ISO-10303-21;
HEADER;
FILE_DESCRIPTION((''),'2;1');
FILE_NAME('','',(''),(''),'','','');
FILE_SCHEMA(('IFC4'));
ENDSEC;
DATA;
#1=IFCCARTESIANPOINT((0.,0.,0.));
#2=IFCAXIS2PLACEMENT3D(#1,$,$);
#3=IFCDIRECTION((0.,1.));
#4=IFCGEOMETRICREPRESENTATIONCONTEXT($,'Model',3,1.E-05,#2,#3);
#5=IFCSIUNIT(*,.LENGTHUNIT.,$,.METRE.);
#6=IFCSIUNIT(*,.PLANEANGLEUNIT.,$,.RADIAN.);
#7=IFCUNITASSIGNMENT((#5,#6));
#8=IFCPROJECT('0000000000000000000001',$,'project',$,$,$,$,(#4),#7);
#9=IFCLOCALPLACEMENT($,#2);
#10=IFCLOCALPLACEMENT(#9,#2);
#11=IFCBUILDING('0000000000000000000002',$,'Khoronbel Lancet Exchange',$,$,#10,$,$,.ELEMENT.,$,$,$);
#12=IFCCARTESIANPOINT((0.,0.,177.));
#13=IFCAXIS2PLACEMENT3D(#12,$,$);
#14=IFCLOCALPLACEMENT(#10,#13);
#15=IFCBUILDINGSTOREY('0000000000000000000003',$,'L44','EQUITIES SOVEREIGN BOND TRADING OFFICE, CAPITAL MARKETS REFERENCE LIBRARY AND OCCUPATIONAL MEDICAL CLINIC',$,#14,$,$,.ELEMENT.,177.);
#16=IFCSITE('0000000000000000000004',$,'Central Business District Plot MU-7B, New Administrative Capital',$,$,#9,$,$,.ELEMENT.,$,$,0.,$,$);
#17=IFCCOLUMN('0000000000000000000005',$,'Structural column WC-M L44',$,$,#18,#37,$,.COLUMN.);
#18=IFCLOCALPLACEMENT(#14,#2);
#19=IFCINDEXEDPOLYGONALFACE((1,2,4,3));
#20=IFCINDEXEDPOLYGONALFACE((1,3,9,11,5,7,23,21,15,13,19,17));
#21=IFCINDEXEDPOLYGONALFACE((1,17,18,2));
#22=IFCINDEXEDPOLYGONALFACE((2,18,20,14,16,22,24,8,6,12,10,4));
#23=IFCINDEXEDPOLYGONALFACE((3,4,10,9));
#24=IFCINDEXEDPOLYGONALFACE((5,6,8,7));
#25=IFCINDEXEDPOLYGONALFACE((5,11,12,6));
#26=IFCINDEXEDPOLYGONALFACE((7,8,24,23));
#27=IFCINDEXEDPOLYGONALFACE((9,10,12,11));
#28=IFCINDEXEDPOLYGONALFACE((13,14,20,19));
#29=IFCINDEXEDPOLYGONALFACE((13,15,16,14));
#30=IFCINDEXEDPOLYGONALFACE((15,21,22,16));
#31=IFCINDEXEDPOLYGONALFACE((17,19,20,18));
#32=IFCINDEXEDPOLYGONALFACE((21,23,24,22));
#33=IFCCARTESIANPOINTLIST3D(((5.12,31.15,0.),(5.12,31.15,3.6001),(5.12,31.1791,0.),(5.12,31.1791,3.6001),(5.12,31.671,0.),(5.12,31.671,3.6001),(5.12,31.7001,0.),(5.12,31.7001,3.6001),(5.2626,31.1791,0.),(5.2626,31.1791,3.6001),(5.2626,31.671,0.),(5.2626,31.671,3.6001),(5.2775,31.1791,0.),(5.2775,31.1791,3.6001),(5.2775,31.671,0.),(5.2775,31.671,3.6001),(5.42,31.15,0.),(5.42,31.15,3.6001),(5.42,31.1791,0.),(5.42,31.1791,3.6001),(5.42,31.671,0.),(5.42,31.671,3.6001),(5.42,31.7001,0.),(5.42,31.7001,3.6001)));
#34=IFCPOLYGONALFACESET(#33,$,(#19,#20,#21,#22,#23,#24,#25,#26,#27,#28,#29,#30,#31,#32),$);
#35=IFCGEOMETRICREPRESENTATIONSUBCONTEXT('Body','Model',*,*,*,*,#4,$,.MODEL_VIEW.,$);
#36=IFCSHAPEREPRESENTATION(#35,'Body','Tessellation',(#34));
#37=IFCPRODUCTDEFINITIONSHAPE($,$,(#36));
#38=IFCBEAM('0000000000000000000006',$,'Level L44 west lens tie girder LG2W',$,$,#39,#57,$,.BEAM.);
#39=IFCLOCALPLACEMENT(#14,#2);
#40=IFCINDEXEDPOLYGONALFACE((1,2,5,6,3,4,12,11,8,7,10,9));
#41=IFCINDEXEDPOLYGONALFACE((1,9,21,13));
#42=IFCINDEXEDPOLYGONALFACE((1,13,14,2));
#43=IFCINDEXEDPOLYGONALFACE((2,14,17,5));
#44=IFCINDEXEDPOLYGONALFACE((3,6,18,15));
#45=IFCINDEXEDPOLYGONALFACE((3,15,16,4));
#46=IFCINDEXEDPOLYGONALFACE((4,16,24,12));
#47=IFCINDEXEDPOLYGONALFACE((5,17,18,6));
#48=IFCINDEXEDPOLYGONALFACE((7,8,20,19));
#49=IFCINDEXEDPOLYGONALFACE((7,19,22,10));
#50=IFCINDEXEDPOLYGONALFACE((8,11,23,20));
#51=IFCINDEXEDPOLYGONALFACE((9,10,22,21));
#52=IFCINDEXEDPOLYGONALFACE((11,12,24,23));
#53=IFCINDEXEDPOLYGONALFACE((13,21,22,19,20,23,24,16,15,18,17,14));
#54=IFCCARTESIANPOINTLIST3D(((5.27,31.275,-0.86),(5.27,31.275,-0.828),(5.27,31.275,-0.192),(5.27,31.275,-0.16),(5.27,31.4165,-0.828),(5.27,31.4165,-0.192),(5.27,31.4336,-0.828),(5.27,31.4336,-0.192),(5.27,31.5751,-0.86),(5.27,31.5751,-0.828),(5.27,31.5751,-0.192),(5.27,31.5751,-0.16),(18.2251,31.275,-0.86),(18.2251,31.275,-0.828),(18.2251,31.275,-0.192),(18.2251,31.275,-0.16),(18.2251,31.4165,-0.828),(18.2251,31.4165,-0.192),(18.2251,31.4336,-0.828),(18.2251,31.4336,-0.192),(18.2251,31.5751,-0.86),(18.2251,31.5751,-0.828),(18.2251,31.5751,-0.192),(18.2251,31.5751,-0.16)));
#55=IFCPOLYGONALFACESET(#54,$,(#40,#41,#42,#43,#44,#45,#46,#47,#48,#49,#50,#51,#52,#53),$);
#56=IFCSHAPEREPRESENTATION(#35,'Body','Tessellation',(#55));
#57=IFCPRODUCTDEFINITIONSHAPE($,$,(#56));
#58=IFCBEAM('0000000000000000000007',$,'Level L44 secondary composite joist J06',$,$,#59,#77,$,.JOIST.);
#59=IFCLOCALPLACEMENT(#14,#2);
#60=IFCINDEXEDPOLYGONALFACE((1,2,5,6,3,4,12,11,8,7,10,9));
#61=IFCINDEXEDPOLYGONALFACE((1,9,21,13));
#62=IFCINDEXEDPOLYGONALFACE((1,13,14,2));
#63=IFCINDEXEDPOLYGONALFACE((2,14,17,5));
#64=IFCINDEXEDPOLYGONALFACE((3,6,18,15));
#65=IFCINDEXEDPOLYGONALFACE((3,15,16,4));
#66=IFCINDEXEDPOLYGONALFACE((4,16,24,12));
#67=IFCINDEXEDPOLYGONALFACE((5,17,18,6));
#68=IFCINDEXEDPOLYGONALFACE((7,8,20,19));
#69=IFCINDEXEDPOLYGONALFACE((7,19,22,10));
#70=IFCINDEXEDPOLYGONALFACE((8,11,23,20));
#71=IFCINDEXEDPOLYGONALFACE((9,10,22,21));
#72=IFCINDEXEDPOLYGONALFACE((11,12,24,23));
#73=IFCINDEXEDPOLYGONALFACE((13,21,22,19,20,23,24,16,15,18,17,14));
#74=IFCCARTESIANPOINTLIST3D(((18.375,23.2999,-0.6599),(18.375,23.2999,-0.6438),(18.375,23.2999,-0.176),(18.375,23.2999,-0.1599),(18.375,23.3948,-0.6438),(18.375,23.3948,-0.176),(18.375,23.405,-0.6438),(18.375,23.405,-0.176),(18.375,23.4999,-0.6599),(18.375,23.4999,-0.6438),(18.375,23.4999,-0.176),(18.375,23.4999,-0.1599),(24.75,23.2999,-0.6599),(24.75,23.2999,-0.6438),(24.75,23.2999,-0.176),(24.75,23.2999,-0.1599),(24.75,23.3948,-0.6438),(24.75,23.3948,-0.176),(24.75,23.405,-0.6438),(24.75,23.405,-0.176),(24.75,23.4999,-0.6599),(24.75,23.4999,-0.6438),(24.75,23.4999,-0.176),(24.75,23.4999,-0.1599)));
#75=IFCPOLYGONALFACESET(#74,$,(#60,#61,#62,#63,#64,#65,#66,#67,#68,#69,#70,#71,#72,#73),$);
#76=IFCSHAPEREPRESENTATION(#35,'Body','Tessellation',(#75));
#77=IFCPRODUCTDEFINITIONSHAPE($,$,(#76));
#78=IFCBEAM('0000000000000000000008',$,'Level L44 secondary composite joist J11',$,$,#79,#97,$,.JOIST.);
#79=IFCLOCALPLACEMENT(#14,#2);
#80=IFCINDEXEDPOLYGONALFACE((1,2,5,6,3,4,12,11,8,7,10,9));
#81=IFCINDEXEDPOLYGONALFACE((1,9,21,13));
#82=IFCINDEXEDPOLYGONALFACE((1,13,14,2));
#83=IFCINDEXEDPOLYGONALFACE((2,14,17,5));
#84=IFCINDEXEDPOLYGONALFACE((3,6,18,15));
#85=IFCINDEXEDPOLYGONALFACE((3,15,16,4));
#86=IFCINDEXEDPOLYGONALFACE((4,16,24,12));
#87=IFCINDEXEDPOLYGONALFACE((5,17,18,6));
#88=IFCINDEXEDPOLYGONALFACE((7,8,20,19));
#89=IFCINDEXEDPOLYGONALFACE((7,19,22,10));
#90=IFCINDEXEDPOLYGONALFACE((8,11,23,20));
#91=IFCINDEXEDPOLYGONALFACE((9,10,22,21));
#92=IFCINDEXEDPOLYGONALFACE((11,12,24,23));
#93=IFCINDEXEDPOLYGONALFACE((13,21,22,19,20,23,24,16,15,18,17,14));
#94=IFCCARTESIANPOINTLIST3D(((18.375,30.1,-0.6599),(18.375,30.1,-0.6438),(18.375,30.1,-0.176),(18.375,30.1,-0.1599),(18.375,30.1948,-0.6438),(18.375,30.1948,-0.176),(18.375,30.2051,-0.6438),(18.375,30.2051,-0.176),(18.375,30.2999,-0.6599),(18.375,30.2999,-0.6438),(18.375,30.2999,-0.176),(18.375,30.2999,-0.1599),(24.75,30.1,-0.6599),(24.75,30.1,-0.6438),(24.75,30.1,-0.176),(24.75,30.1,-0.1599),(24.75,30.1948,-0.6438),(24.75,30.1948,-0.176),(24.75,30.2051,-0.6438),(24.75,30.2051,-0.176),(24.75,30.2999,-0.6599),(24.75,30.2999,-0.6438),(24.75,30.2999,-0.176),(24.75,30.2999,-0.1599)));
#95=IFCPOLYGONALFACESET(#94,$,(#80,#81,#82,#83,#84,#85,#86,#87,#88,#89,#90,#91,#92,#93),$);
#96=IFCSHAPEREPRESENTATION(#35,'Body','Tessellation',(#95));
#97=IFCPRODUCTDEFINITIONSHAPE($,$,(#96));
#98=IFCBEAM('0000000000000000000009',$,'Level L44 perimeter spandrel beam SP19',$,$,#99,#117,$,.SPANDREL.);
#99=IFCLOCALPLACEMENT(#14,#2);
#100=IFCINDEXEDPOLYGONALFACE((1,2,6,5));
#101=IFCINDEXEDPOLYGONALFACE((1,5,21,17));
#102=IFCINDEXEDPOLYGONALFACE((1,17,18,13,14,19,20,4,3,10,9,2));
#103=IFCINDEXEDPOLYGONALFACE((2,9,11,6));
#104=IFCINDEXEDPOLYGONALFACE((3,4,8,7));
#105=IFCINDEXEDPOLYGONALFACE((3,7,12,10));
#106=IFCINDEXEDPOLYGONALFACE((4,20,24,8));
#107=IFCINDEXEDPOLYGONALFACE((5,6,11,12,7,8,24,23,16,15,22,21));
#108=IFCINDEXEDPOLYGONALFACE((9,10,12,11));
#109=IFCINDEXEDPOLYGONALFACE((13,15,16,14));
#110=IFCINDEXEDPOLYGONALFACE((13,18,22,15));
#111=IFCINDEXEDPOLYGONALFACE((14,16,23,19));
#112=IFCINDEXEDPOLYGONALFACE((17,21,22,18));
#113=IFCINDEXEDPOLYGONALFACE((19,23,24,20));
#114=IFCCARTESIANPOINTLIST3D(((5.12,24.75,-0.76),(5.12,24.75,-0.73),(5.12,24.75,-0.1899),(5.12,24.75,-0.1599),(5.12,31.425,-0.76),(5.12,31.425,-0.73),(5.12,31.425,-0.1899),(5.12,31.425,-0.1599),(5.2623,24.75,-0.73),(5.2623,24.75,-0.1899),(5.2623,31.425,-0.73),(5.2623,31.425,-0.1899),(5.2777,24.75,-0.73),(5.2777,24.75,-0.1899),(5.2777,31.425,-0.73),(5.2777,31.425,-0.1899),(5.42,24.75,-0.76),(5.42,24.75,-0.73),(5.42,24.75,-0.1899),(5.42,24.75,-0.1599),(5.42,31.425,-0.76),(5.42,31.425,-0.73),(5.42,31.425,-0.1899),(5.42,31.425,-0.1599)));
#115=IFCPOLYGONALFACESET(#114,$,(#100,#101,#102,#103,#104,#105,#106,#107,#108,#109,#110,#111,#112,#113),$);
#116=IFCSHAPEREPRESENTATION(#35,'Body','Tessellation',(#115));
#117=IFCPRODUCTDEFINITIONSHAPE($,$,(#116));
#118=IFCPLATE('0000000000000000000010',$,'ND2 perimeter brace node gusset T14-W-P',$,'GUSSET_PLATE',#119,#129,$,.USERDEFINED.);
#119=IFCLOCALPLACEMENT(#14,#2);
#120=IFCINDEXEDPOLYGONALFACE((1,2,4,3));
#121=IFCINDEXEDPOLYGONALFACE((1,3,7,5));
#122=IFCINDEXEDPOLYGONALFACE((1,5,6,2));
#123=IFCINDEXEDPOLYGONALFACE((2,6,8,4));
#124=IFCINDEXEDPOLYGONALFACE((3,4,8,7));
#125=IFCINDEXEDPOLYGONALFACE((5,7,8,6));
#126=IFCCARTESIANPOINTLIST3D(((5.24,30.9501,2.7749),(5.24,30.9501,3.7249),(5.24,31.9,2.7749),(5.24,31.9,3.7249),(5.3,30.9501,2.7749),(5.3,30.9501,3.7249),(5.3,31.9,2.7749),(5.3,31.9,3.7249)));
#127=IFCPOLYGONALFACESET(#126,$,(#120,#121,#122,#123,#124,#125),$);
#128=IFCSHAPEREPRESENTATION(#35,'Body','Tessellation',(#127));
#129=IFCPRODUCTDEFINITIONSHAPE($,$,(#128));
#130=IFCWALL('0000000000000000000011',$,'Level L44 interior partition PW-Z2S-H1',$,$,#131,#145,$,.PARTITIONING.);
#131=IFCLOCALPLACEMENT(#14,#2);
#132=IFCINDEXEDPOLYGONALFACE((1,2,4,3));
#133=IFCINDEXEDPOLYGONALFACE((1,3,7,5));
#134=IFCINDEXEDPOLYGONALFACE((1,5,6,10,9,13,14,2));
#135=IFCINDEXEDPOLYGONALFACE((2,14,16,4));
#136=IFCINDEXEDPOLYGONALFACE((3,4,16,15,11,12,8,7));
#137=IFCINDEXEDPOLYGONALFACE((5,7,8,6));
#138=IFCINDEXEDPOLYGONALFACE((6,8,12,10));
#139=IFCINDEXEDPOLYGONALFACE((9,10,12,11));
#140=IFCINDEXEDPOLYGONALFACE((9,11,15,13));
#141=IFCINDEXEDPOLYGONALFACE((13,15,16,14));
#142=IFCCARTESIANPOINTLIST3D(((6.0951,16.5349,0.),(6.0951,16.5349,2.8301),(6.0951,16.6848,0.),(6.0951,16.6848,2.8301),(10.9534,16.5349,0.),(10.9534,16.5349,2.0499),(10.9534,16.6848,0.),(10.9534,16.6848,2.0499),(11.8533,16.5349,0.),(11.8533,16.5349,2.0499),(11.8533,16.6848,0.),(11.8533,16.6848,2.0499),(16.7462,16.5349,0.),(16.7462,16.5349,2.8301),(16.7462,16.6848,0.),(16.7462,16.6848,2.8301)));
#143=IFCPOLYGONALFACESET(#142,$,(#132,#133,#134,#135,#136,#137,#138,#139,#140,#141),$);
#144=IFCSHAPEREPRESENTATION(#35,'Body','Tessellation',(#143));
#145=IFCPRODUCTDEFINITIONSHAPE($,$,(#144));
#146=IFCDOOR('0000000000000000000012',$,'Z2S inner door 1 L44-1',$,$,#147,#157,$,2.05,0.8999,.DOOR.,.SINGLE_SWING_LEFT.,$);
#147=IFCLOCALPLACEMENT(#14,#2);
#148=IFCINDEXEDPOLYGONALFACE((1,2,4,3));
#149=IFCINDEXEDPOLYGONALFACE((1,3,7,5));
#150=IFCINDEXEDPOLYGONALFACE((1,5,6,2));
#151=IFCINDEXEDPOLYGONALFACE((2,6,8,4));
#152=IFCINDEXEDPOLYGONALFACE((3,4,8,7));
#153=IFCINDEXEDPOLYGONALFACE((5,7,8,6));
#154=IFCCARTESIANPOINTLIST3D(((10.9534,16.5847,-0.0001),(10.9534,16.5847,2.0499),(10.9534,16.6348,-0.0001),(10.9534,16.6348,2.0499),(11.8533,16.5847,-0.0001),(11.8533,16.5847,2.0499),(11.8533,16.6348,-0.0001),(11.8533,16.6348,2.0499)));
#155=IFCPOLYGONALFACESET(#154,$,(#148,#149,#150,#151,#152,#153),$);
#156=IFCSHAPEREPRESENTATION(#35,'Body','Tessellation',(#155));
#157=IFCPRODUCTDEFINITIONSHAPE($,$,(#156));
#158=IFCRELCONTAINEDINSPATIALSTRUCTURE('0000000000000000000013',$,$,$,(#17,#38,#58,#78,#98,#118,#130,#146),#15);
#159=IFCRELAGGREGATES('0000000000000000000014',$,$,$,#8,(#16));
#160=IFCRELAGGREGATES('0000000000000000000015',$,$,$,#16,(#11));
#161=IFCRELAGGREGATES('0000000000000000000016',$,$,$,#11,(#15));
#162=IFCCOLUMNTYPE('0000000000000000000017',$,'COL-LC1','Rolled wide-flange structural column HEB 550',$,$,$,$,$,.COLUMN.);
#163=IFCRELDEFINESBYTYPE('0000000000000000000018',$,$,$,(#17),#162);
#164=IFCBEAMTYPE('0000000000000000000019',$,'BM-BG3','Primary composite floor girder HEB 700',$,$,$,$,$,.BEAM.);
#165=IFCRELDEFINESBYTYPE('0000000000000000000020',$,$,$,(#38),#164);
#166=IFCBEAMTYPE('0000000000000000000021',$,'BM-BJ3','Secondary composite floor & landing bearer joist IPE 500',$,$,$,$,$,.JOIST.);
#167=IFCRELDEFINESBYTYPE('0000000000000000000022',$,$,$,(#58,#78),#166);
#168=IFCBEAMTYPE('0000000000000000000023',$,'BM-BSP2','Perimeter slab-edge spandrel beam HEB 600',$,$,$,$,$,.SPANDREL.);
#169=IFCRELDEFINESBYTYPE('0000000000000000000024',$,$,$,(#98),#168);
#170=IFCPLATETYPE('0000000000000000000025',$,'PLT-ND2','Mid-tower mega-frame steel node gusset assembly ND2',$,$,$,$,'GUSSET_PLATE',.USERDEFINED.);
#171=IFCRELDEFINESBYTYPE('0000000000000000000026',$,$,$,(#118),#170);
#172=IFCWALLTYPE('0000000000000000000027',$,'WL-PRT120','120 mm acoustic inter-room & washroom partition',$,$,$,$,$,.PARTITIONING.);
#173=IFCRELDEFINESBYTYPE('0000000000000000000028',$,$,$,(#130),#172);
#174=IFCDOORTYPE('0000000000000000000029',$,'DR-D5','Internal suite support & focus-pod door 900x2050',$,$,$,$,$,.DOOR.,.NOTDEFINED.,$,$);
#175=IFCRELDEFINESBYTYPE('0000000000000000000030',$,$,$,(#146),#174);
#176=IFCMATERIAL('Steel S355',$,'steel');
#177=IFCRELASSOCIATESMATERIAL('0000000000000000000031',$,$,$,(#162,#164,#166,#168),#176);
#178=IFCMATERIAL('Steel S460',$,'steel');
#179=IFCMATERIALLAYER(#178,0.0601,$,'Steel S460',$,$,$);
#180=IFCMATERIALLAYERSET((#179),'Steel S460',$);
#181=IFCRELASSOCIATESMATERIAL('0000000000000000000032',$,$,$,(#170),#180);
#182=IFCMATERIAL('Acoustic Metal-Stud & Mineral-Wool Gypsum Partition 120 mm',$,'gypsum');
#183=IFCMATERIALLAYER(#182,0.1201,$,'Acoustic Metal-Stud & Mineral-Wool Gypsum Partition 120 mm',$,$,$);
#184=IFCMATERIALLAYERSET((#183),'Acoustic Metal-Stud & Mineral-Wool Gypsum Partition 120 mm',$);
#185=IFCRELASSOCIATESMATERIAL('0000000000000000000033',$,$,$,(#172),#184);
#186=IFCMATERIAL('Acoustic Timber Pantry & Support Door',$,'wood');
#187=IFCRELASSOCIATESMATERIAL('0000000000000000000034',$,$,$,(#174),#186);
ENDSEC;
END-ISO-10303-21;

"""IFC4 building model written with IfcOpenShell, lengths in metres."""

from ifc_helpers import new_model, si_unit, direction, frame, frame_2d, origin, origin_2d, place, context, subcontext, project, spatial, rectangle, i_section, extrude, material, layer, layer_set, material_profile, profile_set, type_object, element, fill, save


model = new_model("IFC4")

# Units and contexts
model_context = context("Model", 3, precision=1e-05, world=origin(), true_north=direction((0.0, 1.0)))
body_context = subcontext(model_context, "Body", "Model", "MODEL_VIEW")
ifc_project = project(units=[si_unit("LENGTHUNIT", "METRE"), si_unit("PLANEANGLEUNIT", "RADIAN")], contexts=[model_context])

# Site, building, storey
site_placement = place(None, origin())
site = spatial("IfcSite", under=ifc_project, at=site_placement, Name="Central Business District Plot MU-7B, New Administrative Capital", CompositionType="ELEMENT", RefElevation=0.0)
building_placement = place(site_placement, origin())
building = spatial("IfcBuilding", under=site, at=building_placement, Name="Khoronbel Lancet Exchange", CompositionType="ELEMENT")
storey_placement = place(building_placement, frame((0.0, 0.0, 177.0)))
storey = spatial("IfcBuildingStorey", under=building, at=storey_placement, Name="L44", Description="EQUITIES SOVEREIGN BOND TRADING OFFICE, CAPITAL MARKETS REFERENCE LIBRARY AND OCCUPATIONAL MEDICAL CLINIC", CompositionType="ELEMENT", Elevation=177.0)

# Column
ifc_material_1 = material(Name="Steel S355", Category="steel")
ifc_material_profile_1 = material_profile(ifc_material_1, i_section(OverallWidth=0.3, OverallDepth=0.55, WebThickness=0.0149, FlangeThickness=0.0291, at=origin_2d()), Name="HEB 550")
ifc_profile_set_1 = profile_set([ifc_material_profile_1], Name="Steel S355")
column_type = type_object("IfcColumnType", Name="COL-LC1", Description="Rolled wide-flange structural column HEB 550", PredefinedType="COLUMN", material=ifc_profile_set_1)
column_placement = place(storey_placement, frame((5.27, 31.425, 0.0), z_axis=(0.0, 0.0, 1.0), x_axis=(1.0, 0.0, 0.0)))
element("IfcColumn", 1, at=column_placement, inside=storey, type_object=column_type, Name="Structural column WC-M L44", PredefinedType="COLUMN", context=body_context, shape_type="SweptSolid", body=[
    extrude(i_section(OverallWidth=0.3, OverallDepth=0.55, WebThickness=0.0149, FlangeThickness=0.0291, at=origin_2d()), origin(), (0.0, 0.0, 1.0), 3.6001),
])

# Beams
ifc_material_profile_2 = material_profile(ifc_material_1, i_section(OverallWidth=0.3, OverallDepth=0.7, WebThickness=0.0171, FlangeThickness=0.032, at=origin_2d()), Name="HEB 700")
ifc_profile_set_2 = profile_set([ifc_material_profile_2], Name="Steel S355")
beam_type_1 = type_object("IfcBeamType", Name="BM-BG3", Description="Primary composite floor girder HEB 700", PredefinedType="BEAM", material=ifc_profile_set_2)
beam_1_placement = place(storey_placement, frame((5.27, 31.425, -0.51), z_axis=(1.0, 0.0, 0.0), x_axis=(0.0, 1.0, 0.0)))
element("IfcBeam", 2, at=beam_1_placement, inside=storey, type_object=beam_type_1, Name="Level L44 west lens tie girder LG2W", PredefinedType="BEAM", context=body_context, shape_type="SweptSolid", body=[
    extrude(i_section(OverallWidth=0.3, OverallDepth=0.7, WebThickness=0.0171, FlangeThickness=0.032, at=origin_2d()), origin(), (0.0, 0.0, 1.0), 12.9551),
])
ifc_material_profile_3 = material_profile(ifc_material_1, i_section(OverallWidth=0.2, OverallDepth=0.5, WebThickness=0.0103, FlangeThickness=0.0161, at=origin_2d()), Name="IPE 500")
ifc_profile_set_3 = profile_set([ifc_material_profile_3], Name="Steel S355")
beam_type_2 = type_object("IfcBeamType", Name="BM-BJ3", Description="Secondary composite floor & landing bearer joist IPE 500", PredefinedType="JOIST", material=ifc_profile_set_3)
for number, where, z_axis, x_axis, name in (
    (3, (18.375, 23.3999, -0.4099), (1.0, 0.0, 0.0), (0.0, 1.0, 0.0), "Level L44 secondary composite joist J06"),
    (4, (18.375, 30.2, -0.4099), (1.0, 0.0, 0.0), (0.0, 1.0, 0.0), "Level L44 secondary composite joist J11"),
):
    element("IfcBeam", number, at=place(storey_placement, frame(where, z_axis=z_axis, x_axis=x_axis)), inside=storey, type_object=beam_type_2, Name=name, PredefinedType="JOIST", context=body_context, shape_type="SweptSolid", body=[
        extrude(i_section(OverallWidth=0.2, OverallDepth=0.5, WebThickness=0.0103, FlangeThickness=0.0161, at=origin_2d()), origin(), (0.0, 0.0, 1.0), 6.375),
    ])
ifc_material_profile_4 = material_profile(ifc_material_1, i_section(OverallWidth=0.3, OverallDepth=0.6001, WebThickness=0.0154, FlangeThickness=0.03, at=origin_2d()), Name="HEB 600")
ifc_profile_set_4 = profile_set([ifc_material_profile_4], Name="Steel S355")
beam_type_3 = type_object("IfcBeamType", Name="BM-BSP2", Description="Perimeter slab-edge spandrel beam HEB 600", PredefinedType="SPANDREL", material=ifc_profile_set_4)
beam_2_placement = place(storey_placement, frame((5.27, 31.425, -0.46), z_axis=(0.0, -1.0, 0.0), x_axis=(1.0, 0.0, 0.0)))
element("IfcBeam", 5, at=beam_2_placement, inside=storey, type_object=beam_type_3, Name="Level L44 perimeter spandrel beam SP19", PredefinedType="SPANDREL", context=body_context, shape_type="SweptSolid", body=[
    extrude(i_section(OverallWidth=0.3, OverallDepth=0.6001, WebThickness=0.0154, FlangeThickness=0.03, at=origin_2d()), origin(), (0.0, 0.0, 1.0), 6.675),
])

# Plate
ifc_material_2 = material(Name="Steel S460", Category="steel")
ifc_layer_1 = layer(ifc_material_2, 0.0601, Name="Steel S460")
ifc_layer_set_1 = layer_set([ifc_layer_1], Name="Steel S460")
plate_type = type_object("IfcPlateType", Name="PLT-ND2", Description="Mid-tower mega-frame steel node gusset assembly ND2", ElementType="GUSSET_PLATE", PredefinedType="USERDEFINED", material=ifc_layer_set_1)
plate_placement = place(storey_placement, frame((5.27, 31.425, 2.7749), z_axis=(0.0, 0.0, 1.0), x_axis=(0.0, 1.0, 0.0)))
element("IfcPlate", 6, at=plate_placement, inside=storey, type_object=plate_type, Name="ND2 perimeter brace node gusset T14-W-P", ObjectType="GUSSET_PLATE", PredefinedType="USERDEFINED", context=body_context, shape_type="SweptSolid", body=[
    extrude(rectangle(XDim=0.95, YDim=0.0601, at=origin_2d()), origin(), (0.0, 0.0, 1.0), 0.95),
])

# Wall, opening, door
ifc_material_3 = material(Name="Acoustic Metal-Stud & Mineral-Wool Gypsum Partition 120 mm", Category="gypsum")
ifc_layer_2 = layer(ifc_material_3, 0.1201, Name="Acoustic Metal-Stud & Mineral-Wool Gypsum Partition 120 mm")
ifc_layer_set_2 = layer_set([ifc_layer_2], Name="Acoustic Metal-Stud & Mineral-Wool Gypsum Partition 120 mm")
wall_type_1 = type_object("IfcWallType", Name="WL-PRT120", Description="120 mm acoustic inter-room & washroom partition", PredefinedType="PARTITIONING", material=ifc_layer_set_2)
wall_1_placement = place(storey_placement, frame((6.095, 16.6099, 0.0), z_axis=(0.0, 0.0, 1.0), x_axis=(1.0, 0.0, 0.0)))
wall_1 = element("IfcWall", 7, at=wall_1_placement, inside=storey, type_object=wall_type_1, Name="Level L44 interior partition PW-Z2S-H1", PredefinedType="PARTITIONING", context=body_context, shape_type="SweptSolid", body=[
    extrude(rectangle(XDim=10.6511, YDim=0.1499, at=frame_2d((5.3257, 0.0))), origin(), (0.0, 0.0, 1.0), 2.8301),
])
opening_1_placement = place(wall_1_placement, frame((4.8584, 0.0, 0.0)))
opening_1 = element("IfcOpeningElement", 8, at=opening_1_placement, cuts=wall_1, PredefinedType="OPENING", context=body_context, shape_type="SweptSolid", body=[
    extrude(rectangle(XDim=0.8999, YDim=2.05, at=frame_2d((0.45, 1.0249))), frame((0.0, 0.085, 0.0), z_axis=(0.0, -1.0, 0.0), x_axis=(1.0, 0.0, 0.0)), (0.0, 0.0, 1.0), 0.1699),
])
ifc_material_4 = material(Name="Acoustic Timber Pantry & Support Door", Category="wood")
door_type_1 = type_object("IfcDoorType", Name="DR-D5", Description="Internal suite support & focus-pod door 900x2050", OperationType="NOTDEFINED", PredefinedType="DOOR", material=ifc_material_4)
door_1_placement = place(opening_1_placement, origin())
door_1 = element("IfcDoor", 9, at=door_1_placement, inside=storey, type_object=door_type_1, Name="Z2S inner door 1 L44-1", OperationType="SINGLE_SWING_LEFT", OverallHeight=2.05, OverallWidth=0.8999, PredefinedType="DOOR", context=body_context, shape_type="SweptSolid", body=[
    extrude(rectangle(XDim=0.8999, YDim=2.05, at=frame_2d((0.45, 1.0249))), frame((0.0, 0.0249, 0.0), z_axis=(0.0, -1.0, 0.0), x_axis=(1.0, 0.0, 0.0)), (0.0, 0.0, 1.0), 0.05),
])
fill(opening_1, door_1)

save(model, "model.ifc")
